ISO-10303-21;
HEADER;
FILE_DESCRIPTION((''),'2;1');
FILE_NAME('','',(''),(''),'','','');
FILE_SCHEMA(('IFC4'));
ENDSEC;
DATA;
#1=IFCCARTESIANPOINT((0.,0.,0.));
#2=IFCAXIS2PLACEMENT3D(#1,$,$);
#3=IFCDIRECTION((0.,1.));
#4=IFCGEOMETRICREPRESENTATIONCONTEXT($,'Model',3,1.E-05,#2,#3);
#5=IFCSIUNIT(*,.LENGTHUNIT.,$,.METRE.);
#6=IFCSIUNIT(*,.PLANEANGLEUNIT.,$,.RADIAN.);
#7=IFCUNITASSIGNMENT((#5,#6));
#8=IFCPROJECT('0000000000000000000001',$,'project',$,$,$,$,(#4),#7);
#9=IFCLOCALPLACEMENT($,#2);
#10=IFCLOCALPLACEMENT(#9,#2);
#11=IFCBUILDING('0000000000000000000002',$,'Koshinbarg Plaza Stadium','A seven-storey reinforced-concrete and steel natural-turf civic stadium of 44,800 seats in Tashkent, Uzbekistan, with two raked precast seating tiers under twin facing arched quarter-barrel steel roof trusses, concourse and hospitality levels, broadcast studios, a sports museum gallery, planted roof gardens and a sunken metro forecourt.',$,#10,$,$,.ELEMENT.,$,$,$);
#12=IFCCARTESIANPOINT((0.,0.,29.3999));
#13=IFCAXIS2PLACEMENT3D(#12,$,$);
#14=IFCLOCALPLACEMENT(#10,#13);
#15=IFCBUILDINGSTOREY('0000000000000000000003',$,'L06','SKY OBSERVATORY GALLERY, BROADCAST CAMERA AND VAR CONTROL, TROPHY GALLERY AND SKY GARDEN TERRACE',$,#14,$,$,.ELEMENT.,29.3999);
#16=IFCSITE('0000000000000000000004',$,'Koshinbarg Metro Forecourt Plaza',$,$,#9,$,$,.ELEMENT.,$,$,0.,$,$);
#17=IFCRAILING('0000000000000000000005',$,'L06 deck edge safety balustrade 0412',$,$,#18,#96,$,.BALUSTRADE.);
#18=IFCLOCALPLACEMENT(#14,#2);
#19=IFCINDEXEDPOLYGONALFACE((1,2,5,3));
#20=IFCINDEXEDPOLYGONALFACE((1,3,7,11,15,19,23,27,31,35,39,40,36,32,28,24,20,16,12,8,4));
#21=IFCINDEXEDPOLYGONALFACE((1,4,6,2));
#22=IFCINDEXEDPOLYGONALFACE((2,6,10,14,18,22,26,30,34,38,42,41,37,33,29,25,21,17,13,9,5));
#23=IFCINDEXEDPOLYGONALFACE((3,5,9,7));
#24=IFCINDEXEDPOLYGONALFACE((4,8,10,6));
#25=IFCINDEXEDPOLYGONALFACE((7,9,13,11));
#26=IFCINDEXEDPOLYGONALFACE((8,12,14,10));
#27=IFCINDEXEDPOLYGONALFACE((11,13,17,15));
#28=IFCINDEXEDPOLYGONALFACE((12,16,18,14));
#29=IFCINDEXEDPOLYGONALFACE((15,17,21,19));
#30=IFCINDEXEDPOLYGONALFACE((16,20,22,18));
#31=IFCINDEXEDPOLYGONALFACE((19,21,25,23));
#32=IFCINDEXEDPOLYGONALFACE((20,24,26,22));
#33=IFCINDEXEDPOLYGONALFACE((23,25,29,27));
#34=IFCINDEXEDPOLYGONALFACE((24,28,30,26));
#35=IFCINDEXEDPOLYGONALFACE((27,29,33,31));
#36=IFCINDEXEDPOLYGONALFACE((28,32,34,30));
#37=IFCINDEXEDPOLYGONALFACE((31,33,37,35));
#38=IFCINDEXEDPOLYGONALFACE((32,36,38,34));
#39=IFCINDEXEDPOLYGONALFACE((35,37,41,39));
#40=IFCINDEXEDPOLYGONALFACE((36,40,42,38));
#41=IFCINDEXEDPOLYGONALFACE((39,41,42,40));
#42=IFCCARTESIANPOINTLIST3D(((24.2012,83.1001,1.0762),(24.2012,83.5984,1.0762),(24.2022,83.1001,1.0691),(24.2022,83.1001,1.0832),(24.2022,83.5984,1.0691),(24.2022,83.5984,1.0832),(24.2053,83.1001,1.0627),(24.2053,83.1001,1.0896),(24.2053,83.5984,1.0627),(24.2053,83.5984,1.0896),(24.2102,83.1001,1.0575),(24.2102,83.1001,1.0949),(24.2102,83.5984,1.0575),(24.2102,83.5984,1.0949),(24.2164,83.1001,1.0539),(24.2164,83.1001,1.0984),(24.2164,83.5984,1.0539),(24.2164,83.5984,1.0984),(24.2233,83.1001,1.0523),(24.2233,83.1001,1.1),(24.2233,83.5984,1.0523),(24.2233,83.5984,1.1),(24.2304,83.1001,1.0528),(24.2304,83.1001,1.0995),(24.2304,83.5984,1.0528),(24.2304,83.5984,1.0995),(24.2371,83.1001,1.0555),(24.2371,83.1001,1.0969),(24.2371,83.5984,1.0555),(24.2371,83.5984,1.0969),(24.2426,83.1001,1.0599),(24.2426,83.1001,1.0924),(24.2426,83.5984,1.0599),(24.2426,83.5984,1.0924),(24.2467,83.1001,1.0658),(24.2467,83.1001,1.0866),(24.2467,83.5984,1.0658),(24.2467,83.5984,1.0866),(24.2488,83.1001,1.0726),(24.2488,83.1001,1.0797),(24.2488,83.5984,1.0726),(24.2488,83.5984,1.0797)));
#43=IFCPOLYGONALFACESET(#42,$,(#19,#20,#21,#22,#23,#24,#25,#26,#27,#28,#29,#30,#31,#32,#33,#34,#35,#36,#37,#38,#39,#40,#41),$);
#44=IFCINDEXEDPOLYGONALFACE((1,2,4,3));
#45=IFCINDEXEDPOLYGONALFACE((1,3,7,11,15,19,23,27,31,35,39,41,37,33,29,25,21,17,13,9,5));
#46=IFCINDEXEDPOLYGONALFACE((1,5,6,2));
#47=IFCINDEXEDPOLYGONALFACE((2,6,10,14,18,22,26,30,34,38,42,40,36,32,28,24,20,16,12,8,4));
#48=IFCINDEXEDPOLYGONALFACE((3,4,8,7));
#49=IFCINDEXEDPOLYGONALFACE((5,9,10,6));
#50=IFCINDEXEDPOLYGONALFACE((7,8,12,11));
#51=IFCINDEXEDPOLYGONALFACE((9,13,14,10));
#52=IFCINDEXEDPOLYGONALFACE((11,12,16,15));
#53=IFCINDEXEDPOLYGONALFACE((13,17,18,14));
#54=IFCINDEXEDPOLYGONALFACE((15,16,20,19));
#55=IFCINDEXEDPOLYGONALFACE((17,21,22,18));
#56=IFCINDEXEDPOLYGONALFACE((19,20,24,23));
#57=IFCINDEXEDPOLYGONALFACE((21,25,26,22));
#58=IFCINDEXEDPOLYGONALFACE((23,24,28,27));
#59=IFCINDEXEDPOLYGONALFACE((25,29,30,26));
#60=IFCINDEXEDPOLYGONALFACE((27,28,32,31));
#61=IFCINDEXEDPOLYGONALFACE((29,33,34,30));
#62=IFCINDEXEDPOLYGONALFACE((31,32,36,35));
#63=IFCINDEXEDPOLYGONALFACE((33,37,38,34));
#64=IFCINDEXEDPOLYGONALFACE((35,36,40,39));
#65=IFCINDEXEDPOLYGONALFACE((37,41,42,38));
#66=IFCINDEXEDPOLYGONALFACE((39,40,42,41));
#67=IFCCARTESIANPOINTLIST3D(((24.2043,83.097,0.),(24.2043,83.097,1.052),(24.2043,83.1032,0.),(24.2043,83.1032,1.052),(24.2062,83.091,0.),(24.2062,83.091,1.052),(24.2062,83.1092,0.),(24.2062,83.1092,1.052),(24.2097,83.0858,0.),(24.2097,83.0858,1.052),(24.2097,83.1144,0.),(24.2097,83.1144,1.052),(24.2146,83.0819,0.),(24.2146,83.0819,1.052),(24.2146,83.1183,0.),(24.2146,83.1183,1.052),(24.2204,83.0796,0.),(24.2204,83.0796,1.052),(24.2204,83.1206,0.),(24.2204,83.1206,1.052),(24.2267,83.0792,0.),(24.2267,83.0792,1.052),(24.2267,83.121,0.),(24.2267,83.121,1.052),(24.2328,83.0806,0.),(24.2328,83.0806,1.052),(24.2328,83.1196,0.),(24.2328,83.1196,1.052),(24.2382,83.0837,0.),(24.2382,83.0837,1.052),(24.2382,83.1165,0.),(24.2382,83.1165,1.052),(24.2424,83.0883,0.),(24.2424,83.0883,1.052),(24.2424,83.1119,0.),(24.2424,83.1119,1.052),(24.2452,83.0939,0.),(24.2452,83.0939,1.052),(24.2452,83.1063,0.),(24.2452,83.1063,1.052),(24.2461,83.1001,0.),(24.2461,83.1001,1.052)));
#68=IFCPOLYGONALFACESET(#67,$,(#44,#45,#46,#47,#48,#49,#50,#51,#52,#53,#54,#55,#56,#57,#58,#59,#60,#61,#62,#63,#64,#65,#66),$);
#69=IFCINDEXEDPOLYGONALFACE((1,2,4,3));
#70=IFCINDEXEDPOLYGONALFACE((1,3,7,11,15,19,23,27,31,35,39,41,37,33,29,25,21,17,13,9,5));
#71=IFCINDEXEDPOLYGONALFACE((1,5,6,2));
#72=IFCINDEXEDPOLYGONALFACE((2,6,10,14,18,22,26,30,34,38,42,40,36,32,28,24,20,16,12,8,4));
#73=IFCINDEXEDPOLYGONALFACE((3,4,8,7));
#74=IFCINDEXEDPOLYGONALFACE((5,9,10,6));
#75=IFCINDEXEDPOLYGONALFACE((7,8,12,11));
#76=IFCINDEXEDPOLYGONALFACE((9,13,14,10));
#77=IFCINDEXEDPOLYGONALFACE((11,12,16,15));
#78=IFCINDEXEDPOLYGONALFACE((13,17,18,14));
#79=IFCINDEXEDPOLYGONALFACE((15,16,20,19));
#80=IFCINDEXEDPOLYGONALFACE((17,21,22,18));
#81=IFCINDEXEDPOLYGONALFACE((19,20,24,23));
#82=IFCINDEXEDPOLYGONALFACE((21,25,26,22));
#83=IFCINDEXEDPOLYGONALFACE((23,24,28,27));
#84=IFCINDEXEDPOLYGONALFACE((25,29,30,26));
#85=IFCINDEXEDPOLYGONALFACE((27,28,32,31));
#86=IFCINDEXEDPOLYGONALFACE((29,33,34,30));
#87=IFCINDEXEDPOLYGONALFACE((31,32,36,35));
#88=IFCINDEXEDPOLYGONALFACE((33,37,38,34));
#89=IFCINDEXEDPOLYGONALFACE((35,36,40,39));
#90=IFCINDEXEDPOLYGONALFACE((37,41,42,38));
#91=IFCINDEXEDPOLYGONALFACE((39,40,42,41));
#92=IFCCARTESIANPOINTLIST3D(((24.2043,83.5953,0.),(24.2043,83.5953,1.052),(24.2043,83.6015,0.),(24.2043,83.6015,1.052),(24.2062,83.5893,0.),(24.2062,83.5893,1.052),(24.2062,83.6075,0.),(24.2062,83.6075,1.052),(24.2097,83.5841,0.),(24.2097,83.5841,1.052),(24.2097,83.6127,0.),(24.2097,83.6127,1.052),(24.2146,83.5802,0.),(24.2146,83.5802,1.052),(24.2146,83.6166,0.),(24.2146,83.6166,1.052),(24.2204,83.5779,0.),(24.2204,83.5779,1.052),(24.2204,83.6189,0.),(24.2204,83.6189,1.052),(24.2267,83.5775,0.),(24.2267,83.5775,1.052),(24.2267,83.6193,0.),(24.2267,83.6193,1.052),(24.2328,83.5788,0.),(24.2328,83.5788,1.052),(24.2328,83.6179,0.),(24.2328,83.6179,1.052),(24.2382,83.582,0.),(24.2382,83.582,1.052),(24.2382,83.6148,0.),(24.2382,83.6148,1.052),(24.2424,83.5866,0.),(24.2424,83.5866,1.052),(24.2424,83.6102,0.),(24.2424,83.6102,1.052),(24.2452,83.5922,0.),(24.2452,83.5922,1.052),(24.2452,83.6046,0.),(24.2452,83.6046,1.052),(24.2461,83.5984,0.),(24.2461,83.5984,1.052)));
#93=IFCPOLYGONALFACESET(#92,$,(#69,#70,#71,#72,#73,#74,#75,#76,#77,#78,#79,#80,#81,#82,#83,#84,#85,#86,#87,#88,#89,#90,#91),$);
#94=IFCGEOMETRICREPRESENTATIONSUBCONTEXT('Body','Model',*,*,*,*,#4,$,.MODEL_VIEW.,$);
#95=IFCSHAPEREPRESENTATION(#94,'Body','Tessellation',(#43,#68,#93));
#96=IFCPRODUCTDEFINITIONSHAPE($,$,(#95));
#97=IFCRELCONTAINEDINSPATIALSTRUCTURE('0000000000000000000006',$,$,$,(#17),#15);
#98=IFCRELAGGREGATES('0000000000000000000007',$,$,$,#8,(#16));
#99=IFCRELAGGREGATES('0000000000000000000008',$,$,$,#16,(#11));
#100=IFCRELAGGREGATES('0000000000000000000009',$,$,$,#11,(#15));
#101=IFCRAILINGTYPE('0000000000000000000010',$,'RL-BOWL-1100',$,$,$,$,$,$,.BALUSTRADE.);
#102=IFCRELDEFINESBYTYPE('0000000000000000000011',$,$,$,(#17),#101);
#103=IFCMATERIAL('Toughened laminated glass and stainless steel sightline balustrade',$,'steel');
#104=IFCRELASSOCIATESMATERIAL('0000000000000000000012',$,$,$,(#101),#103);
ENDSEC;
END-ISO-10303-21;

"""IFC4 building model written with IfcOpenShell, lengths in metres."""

from ifc_helpers import new_model, si_unit, direction, frame, origin, origin_2d, place, context, subcontext, project, spatial, circle, extrude, material, type_object, element, save


model = new_model("IFC4")

# Units and contexts
model_context = context("Model", 3, precision=1e-05, world=origin(), true_north=direction((0.0, 1.0)))
body_context = subcontext(model_context, "Body", "Model", "MODEL_VIEW")
ifc_project = project(units=[si_unit("LENGTHUNIT", "METRE"), si_unit("PLANEANGLEUNIT", "RADIAN")], contexts=[model_context])

# Site, building, storey
site_placement = place(None, origin())
site = spatial("IfcSite", under=ifc_project, at=site_placement, Name="Koshinbarg Metro Forecourt Plaza", CompositionType="ELEMENT", RefElevation=0.0)
building_placement = place(site_placement, origin())
building = spatial("IfcBuilding", under=site, at=building_placement, Name="Koshinbarg Plaza Stadium", Description="A seven-storey reinforced-concrete and steel natural-turf civic stadium of 44,800 seats in Tashkent, Uzbekistan, with two raked precast seating tiers under twin facing arched quarter-barrel steel roof trusses, concourse and hospitality levels, broadcast studios, a sports museum gallery, planted roof gardens and a sunken metro forecourt.", CompositionType="ELEMENT")
storey_placement = place(building_placement, frame((0.0, 0.0, 29.3999)))
storey = spatial("IfcBuildingStorey", under=building, at=storey_placement, Name="L06", Description="SKY OBSERVATORY GALLERY, BROADCAST CAMERA AND VAR CONTROL, TROPHY GALLERY AND SKY GARDEN TERRACE", CompositionType="ELEMENT", Elevation=29.3999)

# Railing
ifc_material_1 = material(Name="Toughened laminated glass and stainless steel sightline balustrade", Category="steel")
railing_type = type_object("IfcRailingType", Name="RL-BOWL-1100", PredefinedType="BALUSTRADE", material=ifc_material_1)
railing_1_placement = place(storey_placement, frame((24.2251, 83.1001, 0.0)))
element("IfcRailing", 1, at=railing_1_placement, inside=storey, type_object=railing_type, Name="L06 deck edge safety balustrade 0412", PredefinedType="BALUSTRADE", context=body_context, shape_type="SweptSolid", body=[
    extrude(circle(Radius=0.0239, at=origin_2d()), frame((0.0, 0.0, 1.0762), z_axis=(0.0, 1.0, 0.0), x_axis=(-1.0, 0.0, 0.0)), (0.0, 0.0, 1.0), 0.4983),
    extrude(circle(Radius=0.021, at=origin_2d()), origin(), (0.0, 0.0, 1.0), 1.052),
    extrude(circle(Radius=0.021, at=origin_2d()), frame((0.0, 0.4983, 0.0)), (0.0, 0.0, 1.0), 1.052),
])

save(model, "model.ifc")
